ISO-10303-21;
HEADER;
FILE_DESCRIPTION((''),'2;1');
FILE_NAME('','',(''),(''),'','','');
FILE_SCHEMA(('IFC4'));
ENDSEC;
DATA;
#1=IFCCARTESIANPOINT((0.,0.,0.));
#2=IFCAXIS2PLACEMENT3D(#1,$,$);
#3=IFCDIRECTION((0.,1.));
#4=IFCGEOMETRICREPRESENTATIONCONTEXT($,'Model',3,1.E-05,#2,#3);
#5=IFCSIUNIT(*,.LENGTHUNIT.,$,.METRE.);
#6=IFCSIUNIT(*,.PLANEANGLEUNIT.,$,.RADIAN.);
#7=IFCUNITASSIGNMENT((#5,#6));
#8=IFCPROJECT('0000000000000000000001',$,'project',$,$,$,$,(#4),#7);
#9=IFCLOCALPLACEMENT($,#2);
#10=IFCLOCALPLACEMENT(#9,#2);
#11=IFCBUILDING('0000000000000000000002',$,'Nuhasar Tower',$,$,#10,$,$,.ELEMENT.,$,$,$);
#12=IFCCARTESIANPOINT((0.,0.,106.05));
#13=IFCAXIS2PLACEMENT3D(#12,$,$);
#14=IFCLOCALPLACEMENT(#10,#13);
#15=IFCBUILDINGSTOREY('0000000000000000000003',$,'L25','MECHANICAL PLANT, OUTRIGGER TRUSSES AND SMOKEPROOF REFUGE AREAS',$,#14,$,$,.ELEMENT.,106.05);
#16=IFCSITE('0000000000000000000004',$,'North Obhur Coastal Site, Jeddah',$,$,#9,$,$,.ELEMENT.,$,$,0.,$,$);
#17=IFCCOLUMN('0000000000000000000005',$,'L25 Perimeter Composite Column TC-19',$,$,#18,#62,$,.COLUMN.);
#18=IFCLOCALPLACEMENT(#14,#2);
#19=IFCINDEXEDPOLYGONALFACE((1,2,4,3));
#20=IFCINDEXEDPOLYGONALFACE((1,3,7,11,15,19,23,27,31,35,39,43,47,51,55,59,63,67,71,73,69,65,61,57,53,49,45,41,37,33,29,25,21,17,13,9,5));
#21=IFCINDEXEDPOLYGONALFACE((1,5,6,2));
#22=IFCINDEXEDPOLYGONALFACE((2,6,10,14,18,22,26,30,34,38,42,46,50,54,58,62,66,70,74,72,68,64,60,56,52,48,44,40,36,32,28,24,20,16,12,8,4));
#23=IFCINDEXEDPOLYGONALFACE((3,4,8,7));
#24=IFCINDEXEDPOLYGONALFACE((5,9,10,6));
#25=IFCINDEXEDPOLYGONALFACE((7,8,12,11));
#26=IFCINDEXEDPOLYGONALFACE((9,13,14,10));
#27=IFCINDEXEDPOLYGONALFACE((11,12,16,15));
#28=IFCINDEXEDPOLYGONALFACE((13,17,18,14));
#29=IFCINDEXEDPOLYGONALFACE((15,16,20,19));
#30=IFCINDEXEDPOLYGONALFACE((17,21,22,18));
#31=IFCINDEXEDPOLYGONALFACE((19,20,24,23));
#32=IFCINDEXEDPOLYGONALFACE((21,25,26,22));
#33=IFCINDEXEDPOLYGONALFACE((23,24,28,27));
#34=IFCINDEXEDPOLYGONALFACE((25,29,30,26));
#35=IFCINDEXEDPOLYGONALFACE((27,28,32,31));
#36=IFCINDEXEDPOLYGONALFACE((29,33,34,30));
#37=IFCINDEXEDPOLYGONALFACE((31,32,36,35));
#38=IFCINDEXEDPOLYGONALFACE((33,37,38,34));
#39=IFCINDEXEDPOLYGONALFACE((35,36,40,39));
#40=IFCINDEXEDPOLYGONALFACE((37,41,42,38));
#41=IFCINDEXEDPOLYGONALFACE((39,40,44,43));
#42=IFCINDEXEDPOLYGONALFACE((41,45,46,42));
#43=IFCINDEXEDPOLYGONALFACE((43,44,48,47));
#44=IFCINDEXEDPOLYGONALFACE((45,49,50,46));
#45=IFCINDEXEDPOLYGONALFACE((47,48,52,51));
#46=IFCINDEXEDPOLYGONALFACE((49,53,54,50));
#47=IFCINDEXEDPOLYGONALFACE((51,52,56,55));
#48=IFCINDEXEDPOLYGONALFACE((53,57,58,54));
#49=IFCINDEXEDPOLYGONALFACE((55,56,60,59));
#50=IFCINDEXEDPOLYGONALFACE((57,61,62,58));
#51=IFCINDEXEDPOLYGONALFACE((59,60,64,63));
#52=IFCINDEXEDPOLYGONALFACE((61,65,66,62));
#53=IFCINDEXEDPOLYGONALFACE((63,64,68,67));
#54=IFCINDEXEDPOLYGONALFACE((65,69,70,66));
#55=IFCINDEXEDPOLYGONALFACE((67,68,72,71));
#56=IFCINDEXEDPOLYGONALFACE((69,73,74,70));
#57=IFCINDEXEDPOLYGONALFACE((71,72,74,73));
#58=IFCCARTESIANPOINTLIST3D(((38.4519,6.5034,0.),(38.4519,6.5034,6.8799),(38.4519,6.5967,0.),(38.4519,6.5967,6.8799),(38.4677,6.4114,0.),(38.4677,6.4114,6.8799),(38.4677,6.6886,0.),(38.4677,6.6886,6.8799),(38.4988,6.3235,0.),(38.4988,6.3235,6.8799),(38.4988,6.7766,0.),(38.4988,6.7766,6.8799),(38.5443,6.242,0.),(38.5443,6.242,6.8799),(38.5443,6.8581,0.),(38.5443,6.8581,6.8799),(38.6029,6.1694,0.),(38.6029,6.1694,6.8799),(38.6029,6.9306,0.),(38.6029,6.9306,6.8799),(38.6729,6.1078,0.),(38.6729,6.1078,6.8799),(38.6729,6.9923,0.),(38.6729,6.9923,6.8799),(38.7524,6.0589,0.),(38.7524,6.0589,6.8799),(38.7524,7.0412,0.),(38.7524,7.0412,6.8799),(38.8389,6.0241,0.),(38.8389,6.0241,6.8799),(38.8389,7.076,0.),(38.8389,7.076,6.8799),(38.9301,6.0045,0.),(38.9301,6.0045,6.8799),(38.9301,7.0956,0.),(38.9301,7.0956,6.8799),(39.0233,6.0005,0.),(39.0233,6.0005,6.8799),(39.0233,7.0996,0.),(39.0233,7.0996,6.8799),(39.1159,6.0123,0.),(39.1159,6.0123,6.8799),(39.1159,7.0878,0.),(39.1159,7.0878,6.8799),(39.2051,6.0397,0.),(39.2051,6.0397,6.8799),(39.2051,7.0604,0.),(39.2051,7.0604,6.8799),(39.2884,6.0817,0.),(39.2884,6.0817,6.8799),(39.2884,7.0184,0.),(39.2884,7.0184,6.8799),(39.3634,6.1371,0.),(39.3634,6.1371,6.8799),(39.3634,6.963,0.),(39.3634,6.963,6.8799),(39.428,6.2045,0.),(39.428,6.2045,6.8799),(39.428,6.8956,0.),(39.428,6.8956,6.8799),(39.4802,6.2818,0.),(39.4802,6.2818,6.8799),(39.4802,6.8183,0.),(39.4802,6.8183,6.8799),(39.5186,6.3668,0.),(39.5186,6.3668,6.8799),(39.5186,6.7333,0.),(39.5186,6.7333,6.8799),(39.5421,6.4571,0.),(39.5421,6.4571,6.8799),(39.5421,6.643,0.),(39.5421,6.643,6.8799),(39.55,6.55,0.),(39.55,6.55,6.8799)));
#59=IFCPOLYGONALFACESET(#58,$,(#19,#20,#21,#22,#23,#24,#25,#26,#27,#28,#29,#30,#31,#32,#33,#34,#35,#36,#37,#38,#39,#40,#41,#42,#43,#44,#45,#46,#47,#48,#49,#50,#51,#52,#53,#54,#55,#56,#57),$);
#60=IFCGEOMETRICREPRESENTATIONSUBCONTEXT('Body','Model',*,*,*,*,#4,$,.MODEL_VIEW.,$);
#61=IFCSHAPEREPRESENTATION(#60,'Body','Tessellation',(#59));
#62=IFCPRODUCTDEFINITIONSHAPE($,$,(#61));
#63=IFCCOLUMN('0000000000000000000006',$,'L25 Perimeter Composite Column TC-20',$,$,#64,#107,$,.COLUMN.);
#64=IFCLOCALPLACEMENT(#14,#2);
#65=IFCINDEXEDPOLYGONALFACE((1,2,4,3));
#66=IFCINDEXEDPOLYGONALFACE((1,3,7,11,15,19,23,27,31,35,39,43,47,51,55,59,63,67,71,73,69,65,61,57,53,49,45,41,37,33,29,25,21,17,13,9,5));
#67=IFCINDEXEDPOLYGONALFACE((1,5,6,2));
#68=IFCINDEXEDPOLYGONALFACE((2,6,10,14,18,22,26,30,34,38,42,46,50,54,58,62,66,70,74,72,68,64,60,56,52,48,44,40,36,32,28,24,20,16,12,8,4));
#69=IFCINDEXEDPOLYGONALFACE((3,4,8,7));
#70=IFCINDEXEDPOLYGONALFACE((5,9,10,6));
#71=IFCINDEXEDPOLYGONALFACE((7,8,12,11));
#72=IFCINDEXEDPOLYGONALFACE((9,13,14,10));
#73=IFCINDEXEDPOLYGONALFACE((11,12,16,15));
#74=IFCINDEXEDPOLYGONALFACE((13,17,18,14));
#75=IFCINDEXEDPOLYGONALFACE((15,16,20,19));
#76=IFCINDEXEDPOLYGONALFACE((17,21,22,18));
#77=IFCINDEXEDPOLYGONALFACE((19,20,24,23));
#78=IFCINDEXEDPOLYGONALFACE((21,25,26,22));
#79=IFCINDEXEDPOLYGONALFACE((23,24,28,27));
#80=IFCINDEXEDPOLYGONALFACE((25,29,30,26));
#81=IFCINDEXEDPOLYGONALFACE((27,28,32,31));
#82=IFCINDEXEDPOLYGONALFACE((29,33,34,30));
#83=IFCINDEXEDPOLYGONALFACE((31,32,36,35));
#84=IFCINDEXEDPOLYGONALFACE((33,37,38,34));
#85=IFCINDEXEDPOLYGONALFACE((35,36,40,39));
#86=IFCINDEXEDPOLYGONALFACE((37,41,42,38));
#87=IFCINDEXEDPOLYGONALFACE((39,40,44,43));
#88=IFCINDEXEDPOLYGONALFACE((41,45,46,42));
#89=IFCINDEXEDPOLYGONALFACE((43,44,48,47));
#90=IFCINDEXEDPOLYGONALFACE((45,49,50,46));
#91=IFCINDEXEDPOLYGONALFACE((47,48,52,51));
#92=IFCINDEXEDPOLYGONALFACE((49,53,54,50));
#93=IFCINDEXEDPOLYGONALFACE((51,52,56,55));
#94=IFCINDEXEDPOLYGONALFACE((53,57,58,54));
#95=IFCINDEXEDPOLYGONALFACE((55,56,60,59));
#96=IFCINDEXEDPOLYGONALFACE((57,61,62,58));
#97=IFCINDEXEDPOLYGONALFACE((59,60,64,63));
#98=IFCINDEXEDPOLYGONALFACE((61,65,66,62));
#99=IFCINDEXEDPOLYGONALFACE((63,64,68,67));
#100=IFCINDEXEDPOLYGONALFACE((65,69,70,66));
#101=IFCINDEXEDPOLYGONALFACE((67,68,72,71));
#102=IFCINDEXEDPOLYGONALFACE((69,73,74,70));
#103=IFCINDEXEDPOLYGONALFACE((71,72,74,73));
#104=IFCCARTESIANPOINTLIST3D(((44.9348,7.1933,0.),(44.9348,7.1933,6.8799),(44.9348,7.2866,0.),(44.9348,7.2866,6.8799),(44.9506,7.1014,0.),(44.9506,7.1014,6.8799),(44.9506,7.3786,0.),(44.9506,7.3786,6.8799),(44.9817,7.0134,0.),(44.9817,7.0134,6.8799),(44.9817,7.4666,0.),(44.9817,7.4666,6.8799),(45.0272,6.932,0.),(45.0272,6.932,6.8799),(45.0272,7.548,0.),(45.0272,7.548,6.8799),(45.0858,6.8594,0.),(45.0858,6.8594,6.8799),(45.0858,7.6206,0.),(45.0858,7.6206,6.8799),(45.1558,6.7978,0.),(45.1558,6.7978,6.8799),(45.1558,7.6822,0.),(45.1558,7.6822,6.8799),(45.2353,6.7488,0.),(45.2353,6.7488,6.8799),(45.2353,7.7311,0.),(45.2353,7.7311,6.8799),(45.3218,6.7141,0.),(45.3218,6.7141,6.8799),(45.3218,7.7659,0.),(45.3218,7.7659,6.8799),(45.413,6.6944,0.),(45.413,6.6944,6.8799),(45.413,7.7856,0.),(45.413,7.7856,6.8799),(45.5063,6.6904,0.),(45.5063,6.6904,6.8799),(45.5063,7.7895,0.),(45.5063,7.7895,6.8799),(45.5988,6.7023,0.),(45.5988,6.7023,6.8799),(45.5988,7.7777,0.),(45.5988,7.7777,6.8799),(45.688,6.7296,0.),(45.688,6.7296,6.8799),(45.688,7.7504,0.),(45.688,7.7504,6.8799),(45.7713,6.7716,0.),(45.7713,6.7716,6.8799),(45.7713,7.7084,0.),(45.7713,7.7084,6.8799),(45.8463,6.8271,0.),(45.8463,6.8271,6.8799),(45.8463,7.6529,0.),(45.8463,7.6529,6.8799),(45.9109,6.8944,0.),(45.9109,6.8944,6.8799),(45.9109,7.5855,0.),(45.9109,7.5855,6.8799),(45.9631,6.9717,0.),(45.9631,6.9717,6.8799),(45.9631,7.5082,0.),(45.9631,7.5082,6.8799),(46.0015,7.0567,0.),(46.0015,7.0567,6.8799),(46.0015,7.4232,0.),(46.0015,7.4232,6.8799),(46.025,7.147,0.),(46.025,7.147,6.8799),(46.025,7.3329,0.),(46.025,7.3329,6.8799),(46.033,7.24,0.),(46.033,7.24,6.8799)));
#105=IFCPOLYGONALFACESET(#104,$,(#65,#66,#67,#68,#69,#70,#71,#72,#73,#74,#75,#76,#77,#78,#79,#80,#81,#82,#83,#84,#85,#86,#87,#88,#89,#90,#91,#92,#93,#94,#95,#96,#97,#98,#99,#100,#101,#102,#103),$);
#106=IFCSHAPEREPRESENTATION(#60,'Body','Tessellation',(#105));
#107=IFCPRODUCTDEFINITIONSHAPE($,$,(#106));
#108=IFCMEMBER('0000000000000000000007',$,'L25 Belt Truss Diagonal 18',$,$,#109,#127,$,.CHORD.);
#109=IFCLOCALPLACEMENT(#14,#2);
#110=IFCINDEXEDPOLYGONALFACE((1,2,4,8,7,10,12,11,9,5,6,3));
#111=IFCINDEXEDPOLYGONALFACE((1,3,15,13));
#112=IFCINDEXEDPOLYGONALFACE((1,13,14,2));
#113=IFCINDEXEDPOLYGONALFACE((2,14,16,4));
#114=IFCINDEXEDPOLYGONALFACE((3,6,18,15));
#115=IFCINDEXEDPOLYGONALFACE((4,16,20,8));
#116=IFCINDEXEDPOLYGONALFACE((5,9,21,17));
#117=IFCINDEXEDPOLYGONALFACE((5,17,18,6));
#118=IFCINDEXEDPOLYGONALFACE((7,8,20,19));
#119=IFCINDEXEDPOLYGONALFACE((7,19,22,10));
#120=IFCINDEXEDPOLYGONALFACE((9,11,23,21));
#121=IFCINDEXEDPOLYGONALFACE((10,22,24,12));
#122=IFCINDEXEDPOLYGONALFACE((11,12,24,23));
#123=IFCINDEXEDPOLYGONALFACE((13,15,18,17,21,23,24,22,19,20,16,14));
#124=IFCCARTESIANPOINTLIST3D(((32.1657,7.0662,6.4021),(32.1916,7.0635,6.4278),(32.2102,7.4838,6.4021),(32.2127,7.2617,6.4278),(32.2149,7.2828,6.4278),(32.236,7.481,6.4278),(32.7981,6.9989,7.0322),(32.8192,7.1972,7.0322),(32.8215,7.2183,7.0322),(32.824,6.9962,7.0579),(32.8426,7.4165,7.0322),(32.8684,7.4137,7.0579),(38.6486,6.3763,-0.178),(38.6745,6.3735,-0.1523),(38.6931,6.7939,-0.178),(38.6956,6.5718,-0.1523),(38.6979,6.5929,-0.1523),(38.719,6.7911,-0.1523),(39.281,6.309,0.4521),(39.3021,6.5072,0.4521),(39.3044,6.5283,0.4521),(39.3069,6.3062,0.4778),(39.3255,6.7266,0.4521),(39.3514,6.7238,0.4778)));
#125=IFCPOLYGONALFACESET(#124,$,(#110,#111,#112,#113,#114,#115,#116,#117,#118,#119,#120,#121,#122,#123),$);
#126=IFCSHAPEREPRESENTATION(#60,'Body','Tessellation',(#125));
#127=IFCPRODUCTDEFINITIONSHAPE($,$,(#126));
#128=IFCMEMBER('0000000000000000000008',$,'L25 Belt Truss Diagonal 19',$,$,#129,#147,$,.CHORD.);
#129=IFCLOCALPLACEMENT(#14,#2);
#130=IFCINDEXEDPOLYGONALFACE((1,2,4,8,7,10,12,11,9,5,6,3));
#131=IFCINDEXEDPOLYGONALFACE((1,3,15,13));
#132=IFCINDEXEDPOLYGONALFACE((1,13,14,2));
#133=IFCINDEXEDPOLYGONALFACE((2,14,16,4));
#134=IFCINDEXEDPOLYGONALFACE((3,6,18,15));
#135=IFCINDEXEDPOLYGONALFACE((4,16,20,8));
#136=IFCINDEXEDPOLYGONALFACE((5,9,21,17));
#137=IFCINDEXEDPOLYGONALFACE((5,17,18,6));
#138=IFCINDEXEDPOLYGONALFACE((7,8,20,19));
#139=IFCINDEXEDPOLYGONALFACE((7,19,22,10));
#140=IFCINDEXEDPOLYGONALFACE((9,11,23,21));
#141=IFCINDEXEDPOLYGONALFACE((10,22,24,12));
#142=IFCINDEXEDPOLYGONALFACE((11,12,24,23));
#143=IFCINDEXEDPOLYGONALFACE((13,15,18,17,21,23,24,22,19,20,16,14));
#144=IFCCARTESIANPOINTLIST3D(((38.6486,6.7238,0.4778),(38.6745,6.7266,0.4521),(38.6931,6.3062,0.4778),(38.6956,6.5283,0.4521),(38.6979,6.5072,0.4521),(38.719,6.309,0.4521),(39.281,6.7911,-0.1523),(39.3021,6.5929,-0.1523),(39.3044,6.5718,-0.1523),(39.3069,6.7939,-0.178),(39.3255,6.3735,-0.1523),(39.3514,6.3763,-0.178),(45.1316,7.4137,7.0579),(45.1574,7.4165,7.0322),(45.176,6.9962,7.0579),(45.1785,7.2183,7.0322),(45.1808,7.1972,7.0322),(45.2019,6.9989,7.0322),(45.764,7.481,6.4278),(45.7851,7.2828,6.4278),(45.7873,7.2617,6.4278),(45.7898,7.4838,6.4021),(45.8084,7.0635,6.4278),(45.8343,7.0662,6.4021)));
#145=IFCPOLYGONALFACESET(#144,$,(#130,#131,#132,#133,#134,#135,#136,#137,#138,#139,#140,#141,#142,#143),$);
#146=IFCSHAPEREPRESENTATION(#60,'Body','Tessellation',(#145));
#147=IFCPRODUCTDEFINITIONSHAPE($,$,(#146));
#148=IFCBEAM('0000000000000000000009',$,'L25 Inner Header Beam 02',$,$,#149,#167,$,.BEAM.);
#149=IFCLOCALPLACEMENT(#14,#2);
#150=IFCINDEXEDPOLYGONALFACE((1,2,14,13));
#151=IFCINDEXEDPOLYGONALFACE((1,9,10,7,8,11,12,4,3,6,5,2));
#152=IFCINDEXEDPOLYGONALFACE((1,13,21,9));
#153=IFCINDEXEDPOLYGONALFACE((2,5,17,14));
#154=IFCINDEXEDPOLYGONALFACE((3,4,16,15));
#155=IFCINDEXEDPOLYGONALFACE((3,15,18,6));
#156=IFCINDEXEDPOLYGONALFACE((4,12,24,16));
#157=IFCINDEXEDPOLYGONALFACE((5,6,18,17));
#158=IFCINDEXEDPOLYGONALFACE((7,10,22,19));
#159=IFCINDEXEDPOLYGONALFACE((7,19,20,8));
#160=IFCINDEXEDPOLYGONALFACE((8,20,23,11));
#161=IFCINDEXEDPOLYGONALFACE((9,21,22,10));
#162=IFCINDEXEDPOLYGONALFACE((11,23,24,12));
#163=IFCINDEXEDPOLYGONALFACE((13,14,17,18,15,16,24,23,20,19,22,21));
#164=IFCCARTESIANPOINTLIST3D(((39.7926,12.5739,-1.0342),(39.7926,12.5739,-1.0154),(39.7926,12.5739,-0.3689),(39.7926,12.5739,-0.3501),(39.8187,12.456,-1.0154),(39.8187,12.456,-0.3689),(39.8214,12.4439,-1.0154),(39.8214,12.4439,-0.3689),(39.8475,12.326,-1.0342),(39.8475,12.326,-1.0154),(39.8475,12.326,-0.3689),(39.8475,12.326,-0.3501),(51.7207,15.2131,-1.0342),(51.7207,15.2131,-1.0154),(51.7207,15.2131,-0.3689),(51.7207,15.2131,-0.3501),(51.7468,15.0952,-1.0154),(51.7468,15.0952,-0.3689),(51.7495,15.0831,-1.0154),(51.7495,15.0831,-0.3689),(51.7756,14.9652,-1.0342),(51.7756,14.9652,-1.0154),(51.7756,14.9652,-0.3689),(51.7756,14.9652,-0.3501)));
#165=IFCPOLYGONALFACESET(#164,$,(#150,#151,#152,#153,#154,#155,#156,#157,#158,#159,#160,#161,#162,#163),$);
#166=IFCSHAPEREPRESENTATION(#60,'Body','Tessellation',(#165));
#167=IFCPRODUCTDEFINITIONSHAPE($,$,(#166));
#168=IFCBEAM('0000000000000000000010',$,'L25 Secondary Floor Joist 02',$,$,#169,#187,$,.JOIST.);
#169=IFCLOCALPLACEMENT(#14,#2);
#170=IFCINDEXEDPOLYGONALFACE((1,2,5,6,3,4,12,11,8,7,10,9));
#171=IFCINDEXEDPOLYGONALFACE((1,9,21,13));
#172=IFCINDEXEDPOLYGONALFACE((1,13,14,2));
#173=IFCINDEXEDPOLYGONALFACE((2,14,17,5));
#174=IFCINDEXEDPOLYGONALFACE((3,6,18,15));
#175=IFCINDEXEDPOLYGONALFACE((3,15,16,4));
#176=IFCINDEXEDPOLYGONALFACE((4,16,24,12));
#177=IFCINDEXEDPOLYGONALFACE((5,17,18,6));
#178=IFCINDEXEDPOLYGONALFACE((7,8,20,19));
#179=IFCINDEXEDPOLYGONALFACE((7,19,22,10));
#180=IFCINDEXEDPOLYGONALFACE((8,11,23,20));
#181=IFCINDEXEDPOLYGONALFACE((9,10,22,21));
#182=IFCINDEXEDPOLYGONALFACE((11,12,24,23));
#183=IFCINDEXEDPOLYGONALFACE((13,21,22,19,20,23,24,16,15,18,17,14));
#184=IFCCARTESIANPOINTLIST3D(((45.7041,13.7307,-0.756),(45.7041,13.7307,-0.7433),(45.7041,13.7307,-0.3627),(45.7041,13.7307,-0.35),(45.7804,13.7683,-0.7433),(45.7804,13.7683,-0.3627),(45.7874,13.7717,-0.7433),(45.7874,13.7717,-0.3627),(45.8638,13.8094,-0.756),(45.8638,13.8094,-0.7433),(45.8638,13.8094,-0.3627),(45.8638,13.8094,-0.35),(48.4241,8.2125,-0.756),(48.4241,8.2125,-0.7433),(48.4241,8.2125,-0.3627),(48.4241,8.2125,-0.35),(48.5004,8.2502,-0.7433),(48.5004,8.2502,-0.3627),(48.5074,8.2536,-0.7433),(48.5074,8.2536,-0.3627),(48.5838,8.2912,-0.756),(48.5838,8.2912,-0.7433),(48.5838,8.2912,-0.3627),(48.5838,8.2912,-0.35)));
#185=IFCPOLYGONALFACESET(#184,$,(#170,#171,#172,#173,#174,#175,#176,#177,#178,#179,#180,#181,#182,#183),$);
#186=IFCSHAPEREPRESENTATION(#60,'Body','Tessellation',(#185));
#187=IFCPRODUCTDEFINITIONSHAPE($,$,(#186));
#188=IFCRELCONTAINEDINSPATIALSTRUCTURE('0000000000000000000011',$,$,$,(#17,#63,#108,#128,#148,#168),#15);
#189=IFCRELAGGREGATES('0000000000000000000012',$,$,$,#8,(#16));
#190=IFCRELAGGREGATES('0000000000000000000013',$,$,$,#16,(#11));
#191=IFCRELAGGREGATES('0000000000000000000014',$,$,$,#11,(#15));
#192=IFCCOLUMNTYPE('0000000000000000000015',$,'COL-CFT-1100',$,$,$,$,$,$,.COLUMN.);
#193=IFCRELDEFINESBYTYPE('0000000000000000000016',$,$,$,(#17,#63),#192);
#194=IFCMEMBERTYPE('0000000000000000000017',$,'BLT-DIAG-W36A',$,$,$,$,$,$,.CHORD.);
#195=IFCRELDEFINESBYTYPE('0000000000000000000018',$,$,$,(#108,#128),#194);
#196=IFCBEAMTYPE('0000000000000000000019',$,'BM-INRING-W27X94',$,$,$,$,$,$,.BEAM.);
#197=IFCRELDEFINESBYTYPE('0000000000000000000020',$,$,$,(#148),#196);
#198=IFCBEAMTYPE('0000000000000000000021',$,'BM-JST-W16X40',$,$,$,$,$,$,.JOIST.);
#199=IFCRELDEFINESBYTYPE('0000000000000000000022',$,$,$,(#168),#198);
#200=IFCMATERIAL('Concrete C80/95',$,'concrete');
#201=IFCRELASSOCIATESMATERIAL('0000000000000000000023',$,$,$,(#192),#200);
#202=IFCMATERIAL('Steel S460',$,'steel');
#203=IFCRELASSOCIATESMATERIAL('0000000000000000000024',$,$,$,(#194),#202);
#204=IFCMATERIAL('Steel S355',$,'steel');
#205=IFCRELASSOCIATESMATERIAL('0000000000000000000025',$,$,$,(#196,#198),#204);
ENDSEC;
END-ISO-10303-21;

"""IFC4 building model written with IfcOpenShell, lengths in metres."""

from ifc_helpers import new_model, si_unit, direction, frame, origin, origin_2d, place, context, subcontext, project, spatial, circle, i_section, extrude, material, material_profile, profile_set, type_object, element, save


model = new_model("IFC4")

# Units and contexts
model_context = context("Model", 3, precision=1e-05, world=origin(), true_north=direction((0.0, 1.0)))
body_context = subcontext(model_context, "Body", "Model", "MODEL_VIEW")
ifc_project = project(units=[si_unit("LENGTHUNIT", "METRE"), si_unit("PLANEANGLEUNIT", "RADIAN")], contexts=[model_context])

# Site, building, storey
site_placement = place(None, origin())
site = spatial("IfcSite", under=ifc_project, at=site_placement, Name="North Obhur Coastal Site, Jeddah", CompositionType="ELEMENT", RefElevation=0.0)
building_placement = place(site_placement, origin())
building = spatial("IfcBuilding", under=site, at=building_placement, Name="Nuhasar Tower", CompositionType="ELEMENT")
storey_placement = place(building_placement, frame((0.0, 0.0, 106.05)))
storey = spatial("IfcBuildingStorey", under=building, at=storey_placement, Name="L25", Description="MECHANICAL PLANT, OUTRIGGER TRUSSES AND SMOKEPROOF REFUGE AREAS", CompositionType="ELEMENT", Elevation=106.05)

# Columns
ifc_material_1 = material(Name="Concrete C80/95", Category="concrete")
ifc_material_profile_1 = material_profile(ifc_material_1, circle(Radius=0.55, at=origin_2d()), Name="CFT1100")
ifc_profile_set_1 = profile_set([ifc_material_profile_1], Name="Concrete C80/95")
column_type = type_object("IfcColumnType", Name="COL-CFT-1100", PredefinedType="COLUMN", material=ifc_profile_set_1)
for number, where, z_axis, x_axis, name in (
    (1, (39.0, 6.55, 0.0), (0.0, 0.0, 1.0), (1.0, 0.0, 0.0), "L25 Perimeter Composite Column TC-19"),
    (2, (45.4829, 7.24, 0.0), (0.0, 0.0, 1.0), (1.0, 0.0, 0.0), "L25 Perimeter Composite Column TC-20"),
):
    element("IfcColumn", number, at=place(storey_placement, frame(where, z_axis=z_axis, x_axis=x_axis)), inside=storey, type_object=column_type, Name=name, PredefinedType="COLUMN", context=body_context, shape_type="SweptSolid", body=[
        extrude(circle(Radius=0.55, at=origin_2d()), origin(), (0.0, 0.0, 1.0), 6.8799),
    ])

# Members
ifc_material_2 = material(Name="Steel S460", Category="steel")
ifc_material_profile_2 = material_profile(ifc_material_2, i_section(OverallWidth=0.4199, OverallDepth=0.9319, WebThickness=0.0212, FlangeThickness=0.0366, at=origin_2d()), Name="W36X262")
ifc_profile_set_2 = profile_set([ifc_material_profile_2], Name="Steel S460")
member_type_1 = type_object("IfcMemberType", Name="BLT-DIAG-W36A", PredefinedType="CHORD", material=ifc_profile_set_2)
for number, where, z_axis, x_axis, name in (
    (3, (39.0, 6.55, 0.1499), (-0.699878, 0.074484, 0.710368), (-0.105827, -0.994385, 0.0), "L25 Belt Truss Diagonal 18"),
    (4, (39.0, 6.55, 0.1499), (0.699878, 0.074484, 0.710368), (-0.105827, 0.994385, 0.0), "L25 Belt Truss Diagonal 19"),
):
    element("IfcMember", number, at=place(storey_placement, frame(where, z_axis=z_axis, x_axis=x_axis)), inside=storey, type_object=member_type_1, Name=name, PredefinedType="CHORD", context=body_context, shape_type="SweptSolid", body=[
        extrude(i_section(OverallWidth=0.4199, OverallDepth=0.9319, WebThickness=0.0212, FlangeThickness=0.0366, at=origin_2d()), origin(), (0.0, 0.0, 1.0), 9.2629),
    ])

# Beams
ifc_material_3 = material(Name="Steel S355", Category="steel")
ifc_material_profile_3 = material_profile(ifc_material_3, i_section(OverallWidth=0.2539, OverallDepth=0.6841, WebThickness=0.0125, FlangeThickness=0.0188, at=origin_2d()), Name="W27X94")
ifc_profile_set_3 = profile_set([ifc_material_profile_3], Name="Steel S355")
beam_type_1 = type_object("IfcBeamType", Name="BM-INRING-W27X94", PredefinedType="BEAM", material=ifc_profile_set_3)
beam_1_placement = place(storey_placement, frame((39.8201, 12.45, -0.6921), z_axis=(0.976386, 0.216033, 0.0), x_axis=(-0.216033, 0.976386, 0.0)))
element("IfcBeam", 5, at=beam_1_placement, inside=storey, type_object=beam_type_1, Name="L25 Inner Header Beam 02", PredefinedType="BEAM", context=body_context, shape_type="SweptSolid", body=[
    extrude(i_section(OverallWidth=0.2539, OverallDepth=0.6841, WebThickness=0.0125, FlangeThickness=0.0188, at=origin_2d()), origin(), (0.0, 0.0, 1.0), 12.2166),
])
ifc_material_profile_4 = material_profile(ifc_material_3, i_section(OverallWidth=0.178, OverallDepth=0.406, WebThickness=0.0078, FlangeThickness=0.0127, at=origin_2d()), Name="W16X40")
ifc_profile_set_4 = profile_set([ifc_material_profile_4], Name="Steel S355")
beam_type_2 = type_object("IfcBeamType", Name="BM-JST-W16X40", PredefinedType="JOIST", material=ifc_profile_set_4)
beam_2_placement = place(storey_placement, frame((45.7839, 13.77, -0.553), z_axis=(0.442127, -0.896953, 0.0), x_axis=(0.896953, 0.442127, 0.0)))
element("IfcBeam", 6, at=beam_2_placement, inside=storey, type_object=beam_type_2, Name="L25 Secondary Floor Joist 02", PredefinedType="JOIST", context=body_context, shape_type="SweptSolid", body=[
    extrude(i_section(OverallWidth=0.178, OverallDepth=0.406, WebThickness=0.0078, FlangeThickness=0.0127, at=origin_2d()), origin(), (0.0, 0.0, 1.0), 6.1521),
])

save(model, "model.ifc")
